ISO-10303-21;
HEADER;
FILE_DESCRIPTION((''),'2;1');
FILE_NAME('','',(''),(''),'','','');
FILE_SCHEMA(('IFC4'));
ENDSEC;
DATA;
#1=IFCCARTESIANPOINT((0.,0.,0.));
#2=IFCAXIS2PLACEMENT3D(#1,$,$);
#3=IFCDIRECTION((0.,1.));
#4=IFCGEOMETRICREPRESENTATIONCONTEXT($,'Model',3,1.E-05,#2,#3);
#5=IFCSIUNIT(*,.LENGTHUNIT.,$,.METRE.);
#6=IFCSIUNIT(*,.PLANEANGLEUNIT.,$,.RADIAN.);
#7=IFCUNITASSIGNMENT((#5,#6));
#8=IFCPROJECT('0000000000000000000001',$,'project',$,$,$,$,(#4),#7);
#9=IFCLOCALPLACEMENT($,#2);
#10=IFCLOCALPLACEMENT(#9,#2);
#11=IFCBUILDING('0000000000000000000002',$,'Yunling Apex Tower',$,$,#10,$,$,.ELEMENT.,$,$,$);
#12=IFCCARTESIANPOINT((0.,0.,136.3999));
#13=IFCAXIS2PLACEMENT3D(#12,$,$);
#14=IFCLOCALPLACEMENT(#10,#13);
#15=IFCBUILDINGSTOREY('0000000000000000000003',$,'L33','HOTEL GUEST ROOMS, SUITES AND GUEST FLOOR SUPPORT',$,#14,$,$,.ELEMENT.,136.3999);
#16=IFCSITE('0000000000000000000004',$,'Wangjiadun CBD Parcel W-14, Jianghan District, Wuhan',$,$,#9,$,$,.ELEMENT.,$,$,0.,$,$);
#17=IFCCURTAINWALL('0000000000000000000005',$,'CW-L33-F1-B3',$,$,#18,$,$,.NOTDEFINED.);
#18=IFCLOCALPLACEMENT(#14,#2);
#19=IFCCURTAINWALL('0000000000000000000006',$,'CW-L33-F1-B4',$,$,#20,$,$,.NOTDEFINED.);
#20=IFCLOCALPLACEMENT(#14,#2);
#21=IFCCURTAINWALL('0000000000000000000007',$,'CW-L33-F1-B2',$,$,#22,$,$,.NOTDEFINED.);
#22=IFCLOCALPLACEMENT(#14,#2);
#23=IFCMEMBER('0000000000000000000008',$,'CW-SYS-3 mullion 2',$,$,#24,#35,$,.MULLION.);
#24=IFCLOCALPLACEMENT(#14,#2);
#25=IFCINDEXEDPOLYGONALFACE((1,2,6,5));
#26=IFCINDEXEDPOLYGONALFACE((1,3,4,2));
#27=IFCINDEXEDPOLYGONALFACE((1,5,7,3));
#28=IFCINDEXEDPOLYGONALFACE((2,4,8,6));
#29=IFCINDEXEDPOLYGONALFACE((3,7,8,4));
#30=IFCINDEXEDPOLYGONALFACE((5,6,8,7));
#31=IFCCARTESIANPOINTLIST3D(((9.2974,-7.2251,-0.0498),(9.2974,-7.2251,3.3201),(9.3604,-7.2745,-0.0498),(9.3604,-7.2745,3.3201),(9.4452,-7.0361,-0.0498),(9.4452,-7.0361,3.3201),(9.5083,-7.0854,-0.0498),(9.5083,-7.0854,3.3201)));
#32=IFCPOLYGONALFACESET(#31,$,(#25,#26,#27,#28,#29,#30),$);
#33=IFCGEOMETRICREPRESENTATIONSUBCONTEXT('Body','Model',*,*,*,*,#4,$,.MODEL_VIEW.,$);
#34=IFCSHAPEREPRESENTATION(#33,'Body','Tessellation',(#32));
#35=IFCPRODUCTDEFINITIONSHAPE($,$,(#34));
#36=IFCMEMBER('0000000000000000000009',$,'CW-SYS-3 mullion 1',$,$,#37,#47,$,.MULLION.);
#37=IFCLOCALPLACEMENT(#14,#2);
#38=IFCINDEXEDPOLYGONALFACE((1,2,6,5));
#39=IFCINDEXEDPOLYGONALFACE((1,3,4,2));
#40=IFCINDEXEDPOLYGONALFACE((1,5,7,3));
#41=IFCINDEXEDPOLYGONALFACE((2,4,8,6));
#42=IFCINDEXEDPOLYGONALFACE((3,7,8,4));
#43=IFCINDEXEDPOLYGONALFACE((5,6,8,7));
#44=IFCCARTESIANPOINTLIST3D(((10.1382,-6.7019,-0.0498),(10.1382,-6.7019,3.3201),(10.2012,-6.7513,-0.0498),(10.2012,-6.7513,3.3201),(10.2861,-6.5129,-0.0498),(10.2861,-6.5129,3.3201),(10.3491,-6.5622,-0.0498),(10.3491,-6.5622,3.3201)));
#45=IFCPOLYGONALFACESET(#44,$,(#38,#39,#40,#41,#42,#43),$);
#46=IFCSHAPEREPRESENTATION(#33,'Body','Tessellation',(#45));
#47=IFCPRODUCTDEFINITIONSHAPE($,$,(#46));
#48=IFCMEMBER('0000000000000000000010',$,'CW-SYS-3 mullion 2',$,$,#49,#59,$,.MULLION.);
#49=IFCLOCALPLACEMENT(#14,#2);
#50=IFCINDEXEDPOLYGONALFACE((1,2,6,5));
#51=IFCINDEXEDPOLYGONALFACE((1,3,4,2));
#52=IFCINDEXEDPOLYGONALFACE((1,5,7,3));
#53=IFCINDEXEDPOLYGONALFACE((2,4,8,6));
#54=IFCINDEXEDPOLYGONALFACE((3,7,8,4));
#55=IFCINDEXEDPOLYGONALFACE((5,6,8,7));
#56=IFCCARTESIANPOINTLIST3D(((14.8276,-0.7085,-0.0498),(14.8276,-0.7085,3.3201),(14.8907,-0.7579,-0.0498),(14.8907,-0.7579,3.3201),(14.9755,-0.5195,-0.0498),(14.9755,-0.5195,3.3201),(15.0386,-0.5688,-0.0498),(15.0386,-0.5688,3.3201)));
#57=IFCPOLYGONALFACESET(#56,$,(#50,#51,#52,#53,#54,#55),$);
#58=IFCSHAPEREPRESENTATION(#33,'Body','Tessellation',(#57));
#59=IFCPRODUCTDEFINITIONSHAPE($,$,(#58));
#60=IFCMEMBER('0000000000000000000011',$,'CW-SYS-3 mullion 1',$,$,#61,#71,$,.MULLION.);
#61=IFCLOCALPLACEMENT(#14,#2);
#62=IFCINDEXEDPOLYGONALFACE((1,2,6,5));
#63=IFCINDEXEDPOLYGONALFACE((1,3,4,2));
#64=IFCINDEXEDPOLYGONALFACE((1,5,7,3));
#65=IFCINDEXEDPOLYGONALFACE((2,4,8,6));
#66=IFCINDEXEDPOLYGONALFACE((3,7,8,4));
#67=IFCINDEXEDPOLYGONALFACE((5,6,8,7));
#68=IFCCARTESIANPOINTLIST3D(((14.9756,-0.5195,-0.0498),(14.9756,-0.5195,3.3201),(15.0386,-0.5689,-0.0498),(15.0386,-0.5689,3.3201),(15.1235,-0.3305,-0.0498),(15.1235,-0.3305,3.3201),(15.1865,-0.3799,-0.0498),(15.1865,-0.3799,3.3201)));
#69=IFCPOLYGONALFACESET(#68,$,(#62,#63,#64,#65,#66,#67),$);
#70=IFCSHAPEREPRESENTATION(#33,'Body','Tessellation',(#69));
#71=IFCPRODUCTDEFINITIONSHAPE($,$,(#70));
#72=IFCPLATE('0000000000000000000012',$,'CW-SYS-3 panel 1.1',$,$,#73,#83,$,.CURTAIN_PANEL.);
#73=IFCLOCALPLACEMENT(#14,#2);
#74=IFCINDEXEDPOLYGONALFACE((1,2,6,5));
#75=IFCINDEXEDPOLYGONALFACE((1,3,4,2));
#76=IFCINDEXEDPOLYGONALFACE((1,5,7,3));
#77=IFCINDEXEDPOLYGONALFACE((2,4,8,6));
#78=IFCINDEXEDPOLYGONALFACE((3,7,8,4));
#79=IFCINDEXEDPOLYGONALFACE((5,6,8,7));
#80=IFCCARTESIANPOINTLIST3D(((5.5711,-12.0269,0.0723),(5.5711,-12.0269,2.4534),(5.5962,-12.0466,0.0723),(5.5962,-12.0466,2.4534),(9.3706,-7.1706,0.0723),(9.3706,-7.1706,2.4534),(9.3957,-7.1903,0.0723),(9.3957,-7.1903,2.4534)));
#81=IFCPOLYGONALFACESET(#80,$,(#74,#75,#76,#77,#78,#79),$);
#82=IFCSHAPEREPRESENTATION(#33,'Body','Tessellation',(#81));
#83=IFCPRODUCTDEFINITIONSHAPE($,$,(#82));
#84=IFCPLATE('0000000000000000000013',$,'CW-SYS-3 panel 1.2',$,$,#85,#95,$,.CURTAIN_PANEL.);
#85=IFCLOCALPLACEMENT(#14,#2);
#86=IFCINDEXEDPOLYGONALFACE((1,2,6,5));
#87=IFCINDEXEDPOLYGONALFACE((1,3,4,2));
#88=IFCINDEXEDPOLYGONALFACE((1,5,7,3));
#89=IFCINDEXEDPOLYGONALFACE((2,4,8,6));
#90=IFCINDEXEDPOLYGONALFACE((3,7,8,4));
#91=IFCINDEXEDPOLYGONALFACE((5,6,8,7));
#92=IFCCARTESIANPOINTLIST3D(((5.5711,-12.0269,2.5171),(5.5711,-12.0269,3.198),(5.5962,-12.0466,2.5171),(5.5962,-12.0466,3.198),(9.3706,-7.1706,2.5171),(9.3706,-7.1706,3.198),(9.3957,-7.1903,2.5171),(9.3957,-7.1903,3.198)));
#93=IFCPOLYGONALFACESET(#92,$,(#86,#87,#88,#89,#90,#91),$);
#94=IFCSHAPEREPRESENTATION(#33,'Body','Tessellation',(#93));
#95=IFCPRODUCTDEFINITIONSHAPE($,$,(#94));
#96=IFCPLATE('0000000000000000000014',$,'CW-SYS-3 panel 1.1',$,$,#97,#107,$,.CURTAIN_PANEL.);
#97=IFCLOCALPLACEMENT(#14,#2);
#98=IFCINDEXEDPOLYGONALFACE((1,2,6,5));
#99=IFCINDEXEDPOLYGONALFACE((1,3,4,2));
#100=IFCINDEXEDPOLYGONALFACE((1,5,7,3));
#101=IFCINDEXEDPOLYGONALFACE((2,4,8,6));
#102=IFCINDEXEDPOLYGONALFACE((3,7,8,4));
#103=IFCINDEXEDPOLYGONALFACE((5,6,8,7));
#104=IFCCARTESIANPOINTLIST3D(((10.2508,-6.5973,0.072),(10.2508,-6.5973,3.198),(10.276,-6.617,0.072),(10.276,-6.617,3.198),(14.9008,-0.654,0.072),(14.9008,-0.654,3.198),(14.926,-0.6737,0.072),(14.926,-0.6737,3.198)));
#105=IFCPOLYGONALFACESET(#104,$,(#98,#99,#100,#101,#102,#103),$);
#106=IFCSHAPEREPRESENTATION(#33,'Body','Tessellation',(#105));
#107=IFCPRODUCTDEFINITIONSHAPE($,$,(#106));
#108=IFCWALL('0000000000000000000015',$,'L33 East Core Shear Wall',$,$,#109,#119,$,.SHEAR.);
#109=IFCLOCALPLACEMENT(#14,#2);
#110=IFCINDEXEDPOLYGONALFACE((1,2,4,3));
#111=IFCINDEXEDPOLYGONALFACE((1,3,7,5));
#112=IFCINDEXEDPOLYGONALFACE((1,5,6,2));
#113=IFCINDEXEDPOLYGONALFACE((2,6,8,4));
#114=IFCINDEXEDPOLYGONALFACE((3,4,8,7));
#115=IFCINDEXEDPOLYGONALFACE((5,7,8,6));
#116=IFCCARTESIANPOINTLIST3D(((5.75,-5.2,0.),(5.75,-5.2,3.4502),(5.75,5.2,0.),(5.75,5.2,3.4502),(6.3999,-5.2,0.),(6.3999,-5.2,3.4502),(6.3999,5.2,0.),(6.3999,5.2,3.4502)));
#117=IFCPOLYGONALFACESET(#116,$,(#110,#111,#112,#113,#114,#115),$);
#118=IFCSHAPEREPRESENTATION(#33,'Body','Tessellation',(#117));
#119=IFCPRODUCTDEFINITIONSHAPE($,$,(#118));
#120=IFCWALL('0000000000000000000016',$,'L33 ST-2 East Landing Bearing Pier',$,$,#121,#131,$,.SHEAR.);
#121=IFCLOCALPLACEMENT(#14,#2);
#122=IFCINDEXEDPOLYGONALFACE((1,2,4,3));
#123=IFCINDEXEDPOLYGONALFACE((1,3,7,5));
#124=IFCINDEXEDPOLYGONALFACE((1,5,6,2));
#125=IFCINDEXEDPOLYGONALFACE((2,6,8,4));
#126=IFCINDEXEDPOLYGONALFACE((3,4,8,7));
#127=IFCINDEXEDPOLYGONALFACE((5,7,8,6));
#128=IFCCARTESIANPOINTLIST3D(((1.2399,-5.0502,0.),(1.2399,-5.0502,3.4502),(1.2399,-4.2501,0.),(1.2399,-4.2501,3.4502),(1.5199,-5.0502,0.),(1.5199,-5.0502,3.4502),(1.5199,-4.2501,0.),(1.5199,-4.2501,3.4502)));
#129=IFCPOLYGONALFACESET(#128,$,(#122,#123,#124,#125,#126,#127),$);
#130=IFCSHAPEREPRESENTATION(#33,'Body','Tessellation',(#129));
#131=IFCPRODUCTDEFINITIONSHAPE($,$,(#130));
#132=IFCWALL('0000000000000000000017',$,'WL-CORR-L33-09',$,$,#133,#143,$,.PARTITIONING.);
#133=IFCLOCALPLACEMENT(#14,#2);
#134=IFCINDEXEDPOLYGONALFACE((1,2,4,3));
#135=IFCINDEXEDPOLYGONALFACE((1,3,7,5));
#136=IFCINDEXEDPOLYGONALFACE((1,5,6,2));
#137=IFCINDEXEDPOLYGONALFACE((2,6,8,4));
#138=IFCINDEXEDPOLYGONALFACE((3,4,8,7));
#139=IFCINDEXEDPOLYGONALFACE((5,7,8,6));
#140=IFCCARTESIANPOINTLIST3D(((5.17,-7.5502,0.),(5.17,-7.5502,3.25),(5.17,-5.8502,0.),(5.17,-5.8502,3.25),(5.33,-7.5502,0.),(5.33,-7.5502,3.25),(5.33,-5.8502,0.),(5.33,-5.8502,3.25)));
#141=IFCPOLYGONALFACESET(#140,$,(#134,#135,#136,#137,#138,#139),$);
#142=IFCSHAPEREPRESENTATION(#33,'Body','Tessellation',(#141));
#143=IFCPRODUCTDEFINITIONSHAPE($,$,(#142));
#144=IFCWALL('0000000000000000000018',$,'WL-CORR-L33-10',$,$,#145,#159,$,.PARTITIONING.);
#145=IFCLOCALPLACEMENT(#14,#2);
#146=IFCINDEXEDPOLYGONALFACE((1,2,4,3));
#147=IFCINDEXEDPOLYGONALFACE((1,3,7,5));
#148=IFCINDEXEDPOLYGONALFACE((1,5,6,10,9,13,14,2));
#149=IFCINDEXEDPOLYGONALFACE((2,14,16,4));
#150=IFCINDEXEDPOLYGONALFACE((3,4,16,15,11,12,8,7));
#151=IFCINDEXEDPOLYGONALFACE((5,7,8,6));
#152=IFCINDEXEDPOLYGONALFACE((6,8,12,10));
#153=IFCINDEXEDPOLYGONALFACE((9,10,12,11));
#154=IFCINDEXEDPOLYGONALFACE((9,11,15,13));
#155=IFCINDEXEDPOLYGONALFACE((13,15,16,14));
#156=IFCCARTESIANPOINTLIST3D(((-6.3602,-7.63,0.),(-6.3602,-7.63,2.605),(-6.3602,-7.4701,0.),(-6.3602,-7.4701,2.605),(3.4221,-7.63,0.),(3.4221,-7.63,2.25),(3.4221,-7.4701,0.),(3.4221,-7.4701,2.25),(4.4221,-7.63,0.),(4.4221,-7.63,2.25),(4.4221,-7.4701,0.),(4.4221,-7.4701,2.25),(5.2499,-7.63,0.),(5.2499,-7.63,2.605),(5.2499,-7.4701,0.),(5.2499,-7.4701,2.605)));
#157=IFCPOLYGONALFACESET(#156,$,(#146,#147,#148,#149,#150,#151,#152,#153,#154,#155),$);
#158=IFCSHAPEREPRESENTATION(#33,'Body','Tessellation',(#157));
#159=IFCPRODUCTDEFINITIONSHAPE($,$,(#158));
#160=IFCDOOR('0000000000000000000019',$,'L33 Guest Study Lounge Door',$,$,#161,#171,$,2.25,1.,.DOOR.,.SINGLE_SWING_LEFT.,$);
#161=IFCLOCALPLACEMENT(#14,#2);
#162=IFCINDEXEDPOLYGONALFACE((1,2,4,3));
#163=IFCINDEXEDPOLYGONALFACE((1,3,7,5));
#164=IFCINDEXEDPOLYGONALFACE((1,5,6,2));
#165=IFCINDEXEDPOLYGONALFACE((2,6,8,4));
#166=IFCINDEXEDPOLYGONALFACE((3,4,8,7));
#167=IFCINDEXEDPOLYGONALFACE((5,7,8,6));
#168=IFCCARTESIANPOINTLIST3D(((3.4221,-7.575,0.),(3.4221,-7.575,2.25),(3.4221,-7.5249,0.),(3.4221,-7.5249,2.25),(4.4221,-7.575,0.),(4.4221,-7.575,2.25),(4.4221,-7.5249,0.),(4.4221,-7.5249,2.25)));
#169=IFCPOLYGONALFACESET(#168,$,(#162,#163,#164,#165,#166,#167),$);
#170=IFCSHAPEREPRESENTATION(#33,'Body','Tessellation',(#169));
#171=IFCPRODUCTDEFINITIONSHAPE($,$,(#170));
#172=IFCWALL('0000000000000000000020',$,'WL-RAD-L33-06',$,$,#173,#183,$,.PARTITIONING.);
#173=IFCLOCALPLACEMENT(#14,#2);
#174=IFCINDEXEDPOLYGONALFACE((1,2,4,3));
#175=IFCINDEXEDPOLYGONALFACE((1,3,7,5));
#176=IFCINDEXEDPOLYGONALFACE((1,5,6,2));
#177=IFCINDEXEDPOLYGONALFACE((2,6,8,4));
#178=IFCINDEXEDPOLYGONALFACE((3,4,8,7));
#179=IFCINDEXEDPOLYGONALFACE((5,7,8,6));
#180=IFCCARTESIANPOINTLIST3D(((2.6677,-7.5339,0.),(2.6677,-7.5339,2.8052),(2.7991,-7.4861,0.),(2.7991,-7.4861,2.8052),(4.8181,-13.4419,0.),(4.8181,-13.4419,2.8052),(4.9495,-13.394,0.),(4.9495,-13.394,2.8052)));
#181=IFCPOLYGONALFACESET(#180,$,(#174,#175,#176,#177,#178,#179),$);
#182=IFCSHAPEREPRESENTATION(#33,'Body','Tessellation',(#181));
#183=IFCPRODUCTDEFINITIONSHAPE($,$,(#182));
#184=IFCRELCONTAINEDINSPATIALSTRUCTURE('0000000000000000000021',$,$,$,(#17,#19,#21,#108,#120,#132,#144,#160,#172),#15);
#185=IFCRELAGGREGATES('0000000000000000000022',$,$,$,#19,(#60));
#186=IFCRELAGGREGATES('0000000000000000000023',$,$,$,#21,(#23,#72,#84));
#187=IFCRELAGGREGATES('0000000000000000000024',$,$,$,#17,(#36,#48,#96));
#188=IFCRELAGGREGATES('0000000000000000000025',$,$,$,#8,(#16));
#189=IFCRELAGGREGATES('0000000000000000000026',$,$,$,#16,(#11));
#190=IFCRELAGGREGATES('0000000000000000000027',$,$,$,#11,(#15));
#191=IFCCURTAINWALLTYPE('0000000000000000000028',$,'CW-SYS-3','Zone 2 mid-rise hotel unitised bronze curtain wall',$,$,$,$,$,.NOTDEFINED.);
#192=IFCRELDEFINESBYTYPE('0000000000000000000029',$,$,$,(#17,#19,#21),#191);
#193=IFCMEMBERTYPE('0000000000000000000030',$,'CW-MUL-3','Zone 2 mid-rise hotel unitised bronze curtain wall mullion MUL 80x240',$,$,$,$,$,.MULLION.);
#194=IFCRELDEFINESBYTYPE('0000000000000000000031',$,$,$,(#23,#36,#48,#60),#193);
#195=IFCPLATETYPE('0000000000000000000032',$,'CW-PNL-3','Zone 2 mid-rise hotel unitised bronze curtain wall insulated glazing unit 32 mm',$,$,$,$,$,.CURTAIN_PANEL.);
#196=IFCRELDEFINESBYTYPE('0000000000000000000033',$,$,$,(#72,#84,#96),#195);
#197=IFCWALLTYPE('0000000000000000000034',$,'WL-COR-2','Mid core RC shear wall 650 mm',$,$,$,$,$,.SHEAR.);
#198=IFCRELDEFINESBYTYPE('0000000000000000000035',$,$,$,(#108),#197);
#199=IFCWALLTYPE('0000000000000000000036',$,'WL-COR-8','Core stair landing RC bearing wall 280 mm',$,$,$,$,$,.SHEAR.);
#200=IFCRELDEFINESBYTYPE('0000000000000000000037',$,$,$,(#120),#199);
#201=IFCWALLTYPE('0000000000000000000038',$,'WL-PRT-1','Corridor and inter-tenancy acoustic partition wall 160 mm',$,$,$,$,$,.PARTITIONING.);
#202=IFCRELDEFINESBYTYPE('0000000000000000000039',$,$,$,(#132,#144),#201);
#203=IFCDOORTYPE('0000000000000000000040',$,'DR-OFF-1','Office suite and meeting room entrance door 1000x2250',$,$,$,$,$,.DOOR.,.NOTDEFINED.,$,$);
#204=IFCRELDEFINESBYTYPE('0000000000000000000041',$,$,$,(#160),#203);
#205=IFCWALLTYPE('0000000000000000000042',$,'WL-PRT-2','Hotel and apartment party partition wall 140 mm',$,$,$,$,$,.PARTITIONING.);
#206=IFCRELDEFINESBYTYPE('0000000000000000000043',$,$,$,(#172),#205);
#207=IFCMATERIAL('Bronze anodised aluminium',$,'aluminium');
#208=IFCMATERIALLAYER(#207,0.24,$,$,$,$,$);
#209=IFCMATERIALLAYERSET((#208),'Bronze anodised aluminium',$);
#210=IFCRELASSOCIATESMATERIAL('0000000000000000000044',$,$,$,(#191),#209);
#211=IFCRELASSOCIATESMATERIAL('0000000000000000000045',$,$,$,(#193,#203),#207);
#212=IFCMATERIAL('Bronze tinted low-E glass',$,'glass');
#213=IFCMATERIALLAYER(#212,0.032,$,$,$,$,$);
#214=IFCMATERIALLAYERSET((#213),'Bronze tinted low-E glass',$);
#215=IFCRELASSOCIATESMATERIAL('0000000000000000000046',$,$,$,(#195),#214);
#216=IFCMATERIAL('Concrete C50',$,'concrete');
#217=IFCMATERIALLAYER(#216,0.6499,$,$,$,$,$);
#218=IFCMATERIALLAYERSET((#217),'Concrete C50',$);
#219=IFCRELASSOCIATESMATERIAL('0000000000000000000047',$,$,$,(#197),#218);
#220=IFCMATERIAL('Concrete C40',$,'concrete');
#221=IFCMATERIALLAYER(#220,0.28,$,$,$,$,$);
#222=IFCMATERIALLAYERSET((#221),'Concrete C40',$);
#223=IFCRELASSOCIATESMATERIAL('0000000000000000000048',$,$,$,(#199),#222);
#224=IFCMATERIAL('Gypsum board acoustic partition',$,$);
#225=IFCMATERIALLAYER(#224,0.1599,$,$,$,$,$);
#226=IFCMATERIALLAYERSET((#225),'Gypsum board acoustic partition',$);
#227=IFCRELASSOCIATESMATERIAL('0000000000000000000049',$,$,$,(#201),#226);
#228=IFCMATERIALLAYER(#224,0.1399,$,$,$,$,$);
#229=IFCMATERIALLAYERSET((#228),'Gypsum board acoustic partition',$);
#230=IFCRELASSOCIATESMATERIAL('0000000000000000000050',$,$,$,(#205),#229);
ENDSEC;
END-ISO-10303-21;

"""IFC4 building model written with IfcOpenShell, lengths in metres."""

from ifc_helpers import new_model, si_unit, direction, frame, frame_2d, origin, origin_2d, place, context, subcontext, project, spatial, rectangle, extrude, source, transform, mapped, material, layer, layer_set, material_profile, profile_set, type_object, element, fill, aggregate, save


model = new_model("IFC4")

# Units and contexts
model_context = context("Model", 3, precision=1e-05, world=origin(), true_north=direction((0.0, 1.0)))
body_context = subcontext(model_context, "Body", "Model", "MODEL_VIEW")
ifc_project = project(units=[si_unit("LENGTHUNIT", "METRE"), si_unit("PLANEANGLEUNIT", "RADIAN")], contexts=[model_context])

# Site, building, storey
site_placement = place(None, origin())
site = spatial("IfcSite", under=ifc_project, at=site_placement, Name="Wangjiadun CBD Parcel W-14, Jianghan District, Wuhan", CompositionType="ELEMENT", RefElevation=0.0)
building_placement = place(site_placement, origin())
building = spatial("IfcBuilding", under=site, at=building_placement, Name="Yunling Apex Tower", CompositionType="ELEMENT")
storey_placement = place(building_placement, frame((0.0, 0.0, 136.3999)))
storey = spatial("IfcBuildingStorey", under=building, at=storey_placement, Name="L33", Description="HOTEL GUEST ROOMS, SUITES AND GUEST FLOOR SUPPORT", CompositionType="ELEMENT", Elevation=136.3999)

# Curtain wall
ifc_material_1 = material(Name="Bronze anodised aluminium", Category="aluminium")
ifc_layer_1 = layer(ifc_material_1, 0.24)
ifc_layer_set_1 = layer_set([ifc_layer_1], Name="Bronze anodised aluminium")
curtain_wall_type = type_object("IfcCurtainWallType", Name="CW-SYS-3", Description="Zone 2 mid-rise hotel unitised bronze curtain wall", PredefinedType="NOTDEFINED", material=ifc_layer_set_1)
curtain_wall_1_placement = place(storey_placement, origin())
curtain_wall_1 = element("IfcCurtainWall", 1, at=curtain_wall_1_placement, inside=storey, type_object=curtain_wall_type, Name="CW-L33-F1-B3", PredefinedType="NOTDEFINED")

# Curtain walls, member
curtain_wall_2_placement = place(storey_placement, origin())
curtain_wall_2 = element("IfcCurtainWall", 2, at=curtain_wall_2_placement, inside=storey, type_object=curtain_wall_type, Name="CW-L33-F1-B4", PredefinedType="NOTDEFINED")
curtain_wall_3_placement = place(storey_placement, origin())
curtain_wall_3 = element("IfcCurtainWall", 3, at=curtain_wall_3_placement, inside=storey, type_object=curtain_wall_type, Name="CW-L33-F1-B2", PredefinedType="NOTDEFINED")
ifc_material_profile_1 = material_profile(ifc_material_1, rectangle(XDim=0.0801, YDim=0.24, at=origin_2d()))
ifc_profile_set_1 = profile_set([ifc_material_profile_1], Name="Bronze anodised aluminium")
member_type_1 = type_object("IfcMemberType", Name="CW-MUL-3", Description="Zone 2 mid-rise hotel unitised bronze curtain wall mullion MUL 80x240", PredefinedType="MULLION", material=ifc_profile_set_1)
shared_shape_1 = source(origin(), body_context, "Body", "SweptSolid", [
    extrude(rectangle(XDim=0.0801, YDim=0.24, at=origin_2d()), origin(), (0.0, 0.0, 1.0), 3.3699),
])
member_1_placement = place(storey_placement, frame((9.4028, -7.1553, -0.0498), z_axis=(0.0, 0.0, 1.0), x_axis=(-0.78759, 0.616199, 0.0)))
member_1 = element("IfcMember", 4, at=member_1_placement, type_object=member_type_1, Name="CW-SYS-3 mullion 2", PredefinedType="MULLION", context=body_context, shape_type="MappedRepresentation", body=[
    mapped(shared_shape_1, transform((0.0, 0.0, 0.0), scale=1.0)),
])

# Members
member_2_placement = place(storey_placement, frame((10.2437, -6.6321, -0.0498), z_axis=(0.0, 0.0, 1.0), x_axis=(-0.787584, 0.616208, 0.0)))
member_2 = element("IfcMember", 5, at=member_2_placement, type_object=member_type_1, Name="CW-SYS-3 mullion 1", PredefinedType="MULLION", context=body_context, shape_type="MappedRepresentation", body=[
    mapped(shared_shape_1, transform((0.0, 0.0, 0.0), scale=1.0)),
])
member_3_placement = place(storey_placement, frame((14.9331, -0.6387, -0.0498), z_axis=(0.0, 0.0, 1.0), x_axis=(-0.787584, 0.616208, 0.0)))
member_3 = element("IfcMember", 6, at=member_3_placement, type_object=member_type_1, Name="CW-SYS-3 mullion 2", PredefinedType="MULLION", context=body_context, shape_type="MappedRepresentation", body=[
    mapped(shared_shape_1, transform((0.0, 0.0, 0.0), scale=1.0)),
])
member_4_placement = place(storey_placement, frame((15.0811, -0.4497, -0.0498), z_axis=(0.0, 0.0, 1.0), x_axis=(-0.787584, 0.616208, 0.0)))
member_4 = element("IfcMember", 7, at=member_4_placement, type_object=member_type_1, Name="CW-SYS-3 mullion 1", PredefinedType="MULLION", context=body_context, shape_type="MappedRepresentation", body=[
    mapped(shared_shape_1, transform((0.0, 0.0, 0.0), scale=1.0)),
])
aggregate(curtain_wall_2, [member_4])

# Plates
ifc_material_2 = material(Name="Bronze tinted low-E glass", Category="glass")
ifc_layer_2 = layer(ifc_material_2, 0.032)
ifc_layer_set_2 = layer_set([ifc_layer_2], Name="Bronze tinted low-E glass")
plate_type = type_object("IfcPlateType", Name="CW-PNL-3", Description="Zone 2 mid-rise hotel unitised bronze curtain wall insulated glazing unit 32 mm", PredefinedType="CURTAIN_PANEL", material=ifc_layer_set_2)
shared_shape_2 = source(origin(), body_context, "Body", "SweptSolid", [
    extrude(rectangle(XDim=6.166, YDim=0.032, at=origin_2d()), origin(), (0.0, 0.0, 1.0), 2.3811),
])
plate_1_placement = place(storey_placement, frame((7.4834, -9.6086, 0.0723), z_axis=(0.0, 0.0, 1.0), x_axis=(0.616199, 0.78759, 0.0)))
plate_1 = element("IfcPlate", 8, at=plate_1_placement, type_object=plate_type, Name="CW-SYS-3 panel 1.1", PredefinedType="CURTAIN_PANEL", context=body_context, shape_type="MappedRepresentation", body=[
    mapped(shared_shape_2, transform((0.0, 0.0, 0.0), scale=1.0)),
])
shared_shape_3 = source(origin(), body_context, "Body", "SweptSolid", [
    extrude(rectangle(XDim=6.166, YDim=0.032, at=origin_2d()), origin(), (0.0, 0.0, 1.0), 0.6809),
])
plate_2_placement = place(storey_placement, frame((7.4834, -9.6086, 2.5171), z_axis=(0.0, 0.0, 1.0), x_axis=(0.616199, 0.78759, 0.0)))
plate_2 = element("IfcPlate", 9, at=plate_2_placement, type_object=plate_type, Name="CW-SYS-3 panel 1.2", PredefinedType="CURTAIN_PANEL", context=body_context, shape_type="MappedRepresentation", body=[
    mapped(shared_shape_3, transform((0.0, 0.0, 0.0), scale=1.0)),
])
aggregate(curtain_wall_3, [member_1, plate_1, plate_2])
shared_shape_4 = source(origin(), body_context, "Body", "SweptSolid", [
    extrude(rectangle(XDim=7.5461, YDim=0.032, at=origin_2d()), origin(), (0.0, 0.0, 1.0), 3.126),
])
plate_3_placement = place(storey_placement, frame((12.5884, -3.6355, 0.072), z_axis=(0.0, 0.0, 1.0), x_axis=(0.616208, 0.787584, 0.0)))
plate_3 = element("IfcPlate", 10, at=plate_3_placement, type_object=plate_type, Name="CW-SYS-3 panel 1.1", PredefinedType="CURTAIN_PANEL", context=body_context, shape_type="MappedRepresentation", body=[
    mapped(shared_shape_4, transform((0.0, 0.0, 0.0), scale=1.0)),
])
aggregate(curtain_wall_1, [member_2, member_3, plate_3])

# Walls
ifc_material_3 = material(Name="Concrete C50", Category="concrete")
ifc_layer_3 = layer(ifc_material_3, 0.6499)
ifc_layer_set_3 = layer_set([ifc_layer_3], Name="Concrete C50")
wall_type_1 = type_object("IfcWallType", Name="WL-COR-2", Description="Mid core RC shear wall 650 mm", PredefinedType="SHEAR", material=ifc_layer_set_3)
wall_1_placement = place(storey_placement, frame((6.075, -5.2, 0.0), z_axis=(0.0, 0.0, 1.0), x_axis=(0.0, 1.0, 0.0)))
element("IfcWall", 11, at=wall_1_placement, inside=storey, type_object=wall_type_1, Name="L33 East Core Shear Wall", PredefinedType="SHEAR", context=body_context, shape_type="SweptSolid", body=[
    extrude(rectangle(XDim=10.3999, YDim=0.6499, at=frame_2d((5.2, 0.0))), origin(), (0.0, 0.0, 1.0), 3.4502),
])
ifc_material_4 = material(Name="Concrete C40", Category="concrete")
ifc_layer_4 = layer(ifc_material_4, 0.28)
ifc_layer_set_4 = layer_set([ifc_layer_4], Name="Concrete C40")
wall_type_2 = type_object("IfcWallType", Name="WL-COR-8", Description="Core stair landing RC bearing wall 280 mm", PredefinedType="SHEAR", material=ifc_layer_set_4)
wall_2_placement = place(storey_placement, frame((1.3799, -5.05, 0.0), z_axis=(0.0, 0.0, 1.0), x_axis=(0.0, 1.0, 0.0)))
element("IfcWall", 12, at=wall_2_placement, inside=storey, type_object=wall_type_2, Name="L33 ST-2 East Landing Bearing Pier", PredefinedType="SHEAR", context=body_context, shape_type="SweptSolid", body=[
    extrude(rectangle(XDim=0.8, YDim=0.28, at=frame_2d((0.3999, 0.0))), origin(), (0.0, 0.0, 1.0), 3.4502),
])
ifc_material_5 = material(Name="Gypsum board acoustic partition")
ifc_layer_5 = layer(ifc_material_5, 0.1599)
ifc_layer_set_5 = layer_set([ifc_layer_5], Name="Gypsum board acoustic partition")
wall_type_3 = type_object("IfcWallType", Name="WL-PRT-1", Description="Corridor and inter-tenancy acoustic partition wall 160 mm", PredefinedType="PARTITIONING", material=ifc_layer_set_5)
wall_3_placement = place(storey_placement, frame((5.25, -5.8501, 0.0), z_axis=(0.0, 0.0, 1.0), x_axis=(0.0, -1.0, 0.0)))
element("IfcWall", 13, at=wall_3_placement, inside=storey, type_object=wall_type_3, Name="WL-CORR-L33-09", PredefinedType="PARTITIONING", context=body_context, shape_type="SweptSolid", body=[
    extrude(rectangle(XDim=1.7, YDim=0.1599, at=frame_2d((0.8501, 0.0))), origin(), (0.0, 0.0, 1.0), 3.25),
])

# Wall, opening, door
wall_4_placement = place(storey_placement, frame((5.25, -7.55, 0.0), z_axis=(0.0, 0.0, 1.0), x_axis=(-1.0, 0.0, 0.0)))
wall_4 = element("IfcWall", 14, at=wall_4_placement, inside=storey, type_object=wall_type_3, Name="WL-CORR-L33-10", PredefinedType="PARTITIONING", context=body_context, shape_type="SweptSolid", body=[
    extrude(rectangle(XDim=11.6101, YDim=0.1599, at=frame_2d((5.8052, 0.0))), origin(), (0.0, 0.0, 1.0), 2.605),
])
opening_1_placement = place(wall_4_placement, frame((0.8279, 0.0, 0.0)))
opening_1 = element("IfcOpeningElement", 15, at=opening_1_placement, cuts=wall_4, PredefinedType="OPENING", context=body_context, shape_type="SweptSolid", body=[
    extrude(rectangle(XDim=1.0, YDim=2.25, at=frame_2d((0.5, 1.125))), frame((0.0, 0.0898, 0.0), z_axis=(0.0, -1.0, 0.0), x_axis=(1.0, 0.0, 0.0)), (0.0, 0.0, 1.0), 0.1799),
])
door_type_1 = type_object("IfcDoorType", Name="DR-OFF-1", Description="Office suite and meeting room entrance door 1000x2250", OperationType="NOTDEFINED", PredefinedType="DOOR", material=ifc_material_1)
door_1_placement = place(opening_1_placement, origin())
door_1 = element("IfcDoor", 16, at=door_1_placement, inside=storey, type_object=door_type_1, Name="L33 Guest Study Lounge Door", OperationType="SINGLE_SWING_LEFT", OverallHeight=2.25, OverallWidth=1.0, PredefinedType="DOOR", context=body_context, shape_type="SweptSolid", body=[
    extrude(rectangle(XDim=1.0, YDim=2.25, at=frame_2d((0.5, 1.125))), frame((0.0, 0.0249, 0.0), z_axis=(0.0, -1.0, 0.0), x_axis=(1.0, 0.0, 0.0)), (0.0, 0.0, 1.0), 0.05),
])
fill(opening_1, door_1)

# Wall
ifc_layer_6 = layer(ifc_material_5, 0.1399)
ifc_layer_set_6 = layer_set([ifc_layer_6], Name="Gypsum board acoustic partition")
wall_type_4 = type_object("IfcWallType", Name="WL-PRT-2", Description="Hotel and apartment party partition wall 140 mm", PredefinedType="PARTITIONING", material=ifc_layer_set_6)
wall_5_placement = place(storey_placement, frame((2.7334, -7.51, 0.0), z_axis=(0.0, 0.0, 1.0), x_axis=(0.34203, -0.939689, 0.0)))
element("IfcWall", 17, at=wall_5_placement, inside=storey, type_object=wall_type_4, Name="WL-RAD-L33-06", PredefinedType="PARTITIONING", context=body_context, shape_type="SweptSolid", body=[
    extrude(rectangle(XDim=6.2871, YDim=0.1399, at=frame_2d((3.1436, 0.0))), origin(), (0.0, 0.0, 1.0), 2.8052),
])

save(model, "model.ifc")
